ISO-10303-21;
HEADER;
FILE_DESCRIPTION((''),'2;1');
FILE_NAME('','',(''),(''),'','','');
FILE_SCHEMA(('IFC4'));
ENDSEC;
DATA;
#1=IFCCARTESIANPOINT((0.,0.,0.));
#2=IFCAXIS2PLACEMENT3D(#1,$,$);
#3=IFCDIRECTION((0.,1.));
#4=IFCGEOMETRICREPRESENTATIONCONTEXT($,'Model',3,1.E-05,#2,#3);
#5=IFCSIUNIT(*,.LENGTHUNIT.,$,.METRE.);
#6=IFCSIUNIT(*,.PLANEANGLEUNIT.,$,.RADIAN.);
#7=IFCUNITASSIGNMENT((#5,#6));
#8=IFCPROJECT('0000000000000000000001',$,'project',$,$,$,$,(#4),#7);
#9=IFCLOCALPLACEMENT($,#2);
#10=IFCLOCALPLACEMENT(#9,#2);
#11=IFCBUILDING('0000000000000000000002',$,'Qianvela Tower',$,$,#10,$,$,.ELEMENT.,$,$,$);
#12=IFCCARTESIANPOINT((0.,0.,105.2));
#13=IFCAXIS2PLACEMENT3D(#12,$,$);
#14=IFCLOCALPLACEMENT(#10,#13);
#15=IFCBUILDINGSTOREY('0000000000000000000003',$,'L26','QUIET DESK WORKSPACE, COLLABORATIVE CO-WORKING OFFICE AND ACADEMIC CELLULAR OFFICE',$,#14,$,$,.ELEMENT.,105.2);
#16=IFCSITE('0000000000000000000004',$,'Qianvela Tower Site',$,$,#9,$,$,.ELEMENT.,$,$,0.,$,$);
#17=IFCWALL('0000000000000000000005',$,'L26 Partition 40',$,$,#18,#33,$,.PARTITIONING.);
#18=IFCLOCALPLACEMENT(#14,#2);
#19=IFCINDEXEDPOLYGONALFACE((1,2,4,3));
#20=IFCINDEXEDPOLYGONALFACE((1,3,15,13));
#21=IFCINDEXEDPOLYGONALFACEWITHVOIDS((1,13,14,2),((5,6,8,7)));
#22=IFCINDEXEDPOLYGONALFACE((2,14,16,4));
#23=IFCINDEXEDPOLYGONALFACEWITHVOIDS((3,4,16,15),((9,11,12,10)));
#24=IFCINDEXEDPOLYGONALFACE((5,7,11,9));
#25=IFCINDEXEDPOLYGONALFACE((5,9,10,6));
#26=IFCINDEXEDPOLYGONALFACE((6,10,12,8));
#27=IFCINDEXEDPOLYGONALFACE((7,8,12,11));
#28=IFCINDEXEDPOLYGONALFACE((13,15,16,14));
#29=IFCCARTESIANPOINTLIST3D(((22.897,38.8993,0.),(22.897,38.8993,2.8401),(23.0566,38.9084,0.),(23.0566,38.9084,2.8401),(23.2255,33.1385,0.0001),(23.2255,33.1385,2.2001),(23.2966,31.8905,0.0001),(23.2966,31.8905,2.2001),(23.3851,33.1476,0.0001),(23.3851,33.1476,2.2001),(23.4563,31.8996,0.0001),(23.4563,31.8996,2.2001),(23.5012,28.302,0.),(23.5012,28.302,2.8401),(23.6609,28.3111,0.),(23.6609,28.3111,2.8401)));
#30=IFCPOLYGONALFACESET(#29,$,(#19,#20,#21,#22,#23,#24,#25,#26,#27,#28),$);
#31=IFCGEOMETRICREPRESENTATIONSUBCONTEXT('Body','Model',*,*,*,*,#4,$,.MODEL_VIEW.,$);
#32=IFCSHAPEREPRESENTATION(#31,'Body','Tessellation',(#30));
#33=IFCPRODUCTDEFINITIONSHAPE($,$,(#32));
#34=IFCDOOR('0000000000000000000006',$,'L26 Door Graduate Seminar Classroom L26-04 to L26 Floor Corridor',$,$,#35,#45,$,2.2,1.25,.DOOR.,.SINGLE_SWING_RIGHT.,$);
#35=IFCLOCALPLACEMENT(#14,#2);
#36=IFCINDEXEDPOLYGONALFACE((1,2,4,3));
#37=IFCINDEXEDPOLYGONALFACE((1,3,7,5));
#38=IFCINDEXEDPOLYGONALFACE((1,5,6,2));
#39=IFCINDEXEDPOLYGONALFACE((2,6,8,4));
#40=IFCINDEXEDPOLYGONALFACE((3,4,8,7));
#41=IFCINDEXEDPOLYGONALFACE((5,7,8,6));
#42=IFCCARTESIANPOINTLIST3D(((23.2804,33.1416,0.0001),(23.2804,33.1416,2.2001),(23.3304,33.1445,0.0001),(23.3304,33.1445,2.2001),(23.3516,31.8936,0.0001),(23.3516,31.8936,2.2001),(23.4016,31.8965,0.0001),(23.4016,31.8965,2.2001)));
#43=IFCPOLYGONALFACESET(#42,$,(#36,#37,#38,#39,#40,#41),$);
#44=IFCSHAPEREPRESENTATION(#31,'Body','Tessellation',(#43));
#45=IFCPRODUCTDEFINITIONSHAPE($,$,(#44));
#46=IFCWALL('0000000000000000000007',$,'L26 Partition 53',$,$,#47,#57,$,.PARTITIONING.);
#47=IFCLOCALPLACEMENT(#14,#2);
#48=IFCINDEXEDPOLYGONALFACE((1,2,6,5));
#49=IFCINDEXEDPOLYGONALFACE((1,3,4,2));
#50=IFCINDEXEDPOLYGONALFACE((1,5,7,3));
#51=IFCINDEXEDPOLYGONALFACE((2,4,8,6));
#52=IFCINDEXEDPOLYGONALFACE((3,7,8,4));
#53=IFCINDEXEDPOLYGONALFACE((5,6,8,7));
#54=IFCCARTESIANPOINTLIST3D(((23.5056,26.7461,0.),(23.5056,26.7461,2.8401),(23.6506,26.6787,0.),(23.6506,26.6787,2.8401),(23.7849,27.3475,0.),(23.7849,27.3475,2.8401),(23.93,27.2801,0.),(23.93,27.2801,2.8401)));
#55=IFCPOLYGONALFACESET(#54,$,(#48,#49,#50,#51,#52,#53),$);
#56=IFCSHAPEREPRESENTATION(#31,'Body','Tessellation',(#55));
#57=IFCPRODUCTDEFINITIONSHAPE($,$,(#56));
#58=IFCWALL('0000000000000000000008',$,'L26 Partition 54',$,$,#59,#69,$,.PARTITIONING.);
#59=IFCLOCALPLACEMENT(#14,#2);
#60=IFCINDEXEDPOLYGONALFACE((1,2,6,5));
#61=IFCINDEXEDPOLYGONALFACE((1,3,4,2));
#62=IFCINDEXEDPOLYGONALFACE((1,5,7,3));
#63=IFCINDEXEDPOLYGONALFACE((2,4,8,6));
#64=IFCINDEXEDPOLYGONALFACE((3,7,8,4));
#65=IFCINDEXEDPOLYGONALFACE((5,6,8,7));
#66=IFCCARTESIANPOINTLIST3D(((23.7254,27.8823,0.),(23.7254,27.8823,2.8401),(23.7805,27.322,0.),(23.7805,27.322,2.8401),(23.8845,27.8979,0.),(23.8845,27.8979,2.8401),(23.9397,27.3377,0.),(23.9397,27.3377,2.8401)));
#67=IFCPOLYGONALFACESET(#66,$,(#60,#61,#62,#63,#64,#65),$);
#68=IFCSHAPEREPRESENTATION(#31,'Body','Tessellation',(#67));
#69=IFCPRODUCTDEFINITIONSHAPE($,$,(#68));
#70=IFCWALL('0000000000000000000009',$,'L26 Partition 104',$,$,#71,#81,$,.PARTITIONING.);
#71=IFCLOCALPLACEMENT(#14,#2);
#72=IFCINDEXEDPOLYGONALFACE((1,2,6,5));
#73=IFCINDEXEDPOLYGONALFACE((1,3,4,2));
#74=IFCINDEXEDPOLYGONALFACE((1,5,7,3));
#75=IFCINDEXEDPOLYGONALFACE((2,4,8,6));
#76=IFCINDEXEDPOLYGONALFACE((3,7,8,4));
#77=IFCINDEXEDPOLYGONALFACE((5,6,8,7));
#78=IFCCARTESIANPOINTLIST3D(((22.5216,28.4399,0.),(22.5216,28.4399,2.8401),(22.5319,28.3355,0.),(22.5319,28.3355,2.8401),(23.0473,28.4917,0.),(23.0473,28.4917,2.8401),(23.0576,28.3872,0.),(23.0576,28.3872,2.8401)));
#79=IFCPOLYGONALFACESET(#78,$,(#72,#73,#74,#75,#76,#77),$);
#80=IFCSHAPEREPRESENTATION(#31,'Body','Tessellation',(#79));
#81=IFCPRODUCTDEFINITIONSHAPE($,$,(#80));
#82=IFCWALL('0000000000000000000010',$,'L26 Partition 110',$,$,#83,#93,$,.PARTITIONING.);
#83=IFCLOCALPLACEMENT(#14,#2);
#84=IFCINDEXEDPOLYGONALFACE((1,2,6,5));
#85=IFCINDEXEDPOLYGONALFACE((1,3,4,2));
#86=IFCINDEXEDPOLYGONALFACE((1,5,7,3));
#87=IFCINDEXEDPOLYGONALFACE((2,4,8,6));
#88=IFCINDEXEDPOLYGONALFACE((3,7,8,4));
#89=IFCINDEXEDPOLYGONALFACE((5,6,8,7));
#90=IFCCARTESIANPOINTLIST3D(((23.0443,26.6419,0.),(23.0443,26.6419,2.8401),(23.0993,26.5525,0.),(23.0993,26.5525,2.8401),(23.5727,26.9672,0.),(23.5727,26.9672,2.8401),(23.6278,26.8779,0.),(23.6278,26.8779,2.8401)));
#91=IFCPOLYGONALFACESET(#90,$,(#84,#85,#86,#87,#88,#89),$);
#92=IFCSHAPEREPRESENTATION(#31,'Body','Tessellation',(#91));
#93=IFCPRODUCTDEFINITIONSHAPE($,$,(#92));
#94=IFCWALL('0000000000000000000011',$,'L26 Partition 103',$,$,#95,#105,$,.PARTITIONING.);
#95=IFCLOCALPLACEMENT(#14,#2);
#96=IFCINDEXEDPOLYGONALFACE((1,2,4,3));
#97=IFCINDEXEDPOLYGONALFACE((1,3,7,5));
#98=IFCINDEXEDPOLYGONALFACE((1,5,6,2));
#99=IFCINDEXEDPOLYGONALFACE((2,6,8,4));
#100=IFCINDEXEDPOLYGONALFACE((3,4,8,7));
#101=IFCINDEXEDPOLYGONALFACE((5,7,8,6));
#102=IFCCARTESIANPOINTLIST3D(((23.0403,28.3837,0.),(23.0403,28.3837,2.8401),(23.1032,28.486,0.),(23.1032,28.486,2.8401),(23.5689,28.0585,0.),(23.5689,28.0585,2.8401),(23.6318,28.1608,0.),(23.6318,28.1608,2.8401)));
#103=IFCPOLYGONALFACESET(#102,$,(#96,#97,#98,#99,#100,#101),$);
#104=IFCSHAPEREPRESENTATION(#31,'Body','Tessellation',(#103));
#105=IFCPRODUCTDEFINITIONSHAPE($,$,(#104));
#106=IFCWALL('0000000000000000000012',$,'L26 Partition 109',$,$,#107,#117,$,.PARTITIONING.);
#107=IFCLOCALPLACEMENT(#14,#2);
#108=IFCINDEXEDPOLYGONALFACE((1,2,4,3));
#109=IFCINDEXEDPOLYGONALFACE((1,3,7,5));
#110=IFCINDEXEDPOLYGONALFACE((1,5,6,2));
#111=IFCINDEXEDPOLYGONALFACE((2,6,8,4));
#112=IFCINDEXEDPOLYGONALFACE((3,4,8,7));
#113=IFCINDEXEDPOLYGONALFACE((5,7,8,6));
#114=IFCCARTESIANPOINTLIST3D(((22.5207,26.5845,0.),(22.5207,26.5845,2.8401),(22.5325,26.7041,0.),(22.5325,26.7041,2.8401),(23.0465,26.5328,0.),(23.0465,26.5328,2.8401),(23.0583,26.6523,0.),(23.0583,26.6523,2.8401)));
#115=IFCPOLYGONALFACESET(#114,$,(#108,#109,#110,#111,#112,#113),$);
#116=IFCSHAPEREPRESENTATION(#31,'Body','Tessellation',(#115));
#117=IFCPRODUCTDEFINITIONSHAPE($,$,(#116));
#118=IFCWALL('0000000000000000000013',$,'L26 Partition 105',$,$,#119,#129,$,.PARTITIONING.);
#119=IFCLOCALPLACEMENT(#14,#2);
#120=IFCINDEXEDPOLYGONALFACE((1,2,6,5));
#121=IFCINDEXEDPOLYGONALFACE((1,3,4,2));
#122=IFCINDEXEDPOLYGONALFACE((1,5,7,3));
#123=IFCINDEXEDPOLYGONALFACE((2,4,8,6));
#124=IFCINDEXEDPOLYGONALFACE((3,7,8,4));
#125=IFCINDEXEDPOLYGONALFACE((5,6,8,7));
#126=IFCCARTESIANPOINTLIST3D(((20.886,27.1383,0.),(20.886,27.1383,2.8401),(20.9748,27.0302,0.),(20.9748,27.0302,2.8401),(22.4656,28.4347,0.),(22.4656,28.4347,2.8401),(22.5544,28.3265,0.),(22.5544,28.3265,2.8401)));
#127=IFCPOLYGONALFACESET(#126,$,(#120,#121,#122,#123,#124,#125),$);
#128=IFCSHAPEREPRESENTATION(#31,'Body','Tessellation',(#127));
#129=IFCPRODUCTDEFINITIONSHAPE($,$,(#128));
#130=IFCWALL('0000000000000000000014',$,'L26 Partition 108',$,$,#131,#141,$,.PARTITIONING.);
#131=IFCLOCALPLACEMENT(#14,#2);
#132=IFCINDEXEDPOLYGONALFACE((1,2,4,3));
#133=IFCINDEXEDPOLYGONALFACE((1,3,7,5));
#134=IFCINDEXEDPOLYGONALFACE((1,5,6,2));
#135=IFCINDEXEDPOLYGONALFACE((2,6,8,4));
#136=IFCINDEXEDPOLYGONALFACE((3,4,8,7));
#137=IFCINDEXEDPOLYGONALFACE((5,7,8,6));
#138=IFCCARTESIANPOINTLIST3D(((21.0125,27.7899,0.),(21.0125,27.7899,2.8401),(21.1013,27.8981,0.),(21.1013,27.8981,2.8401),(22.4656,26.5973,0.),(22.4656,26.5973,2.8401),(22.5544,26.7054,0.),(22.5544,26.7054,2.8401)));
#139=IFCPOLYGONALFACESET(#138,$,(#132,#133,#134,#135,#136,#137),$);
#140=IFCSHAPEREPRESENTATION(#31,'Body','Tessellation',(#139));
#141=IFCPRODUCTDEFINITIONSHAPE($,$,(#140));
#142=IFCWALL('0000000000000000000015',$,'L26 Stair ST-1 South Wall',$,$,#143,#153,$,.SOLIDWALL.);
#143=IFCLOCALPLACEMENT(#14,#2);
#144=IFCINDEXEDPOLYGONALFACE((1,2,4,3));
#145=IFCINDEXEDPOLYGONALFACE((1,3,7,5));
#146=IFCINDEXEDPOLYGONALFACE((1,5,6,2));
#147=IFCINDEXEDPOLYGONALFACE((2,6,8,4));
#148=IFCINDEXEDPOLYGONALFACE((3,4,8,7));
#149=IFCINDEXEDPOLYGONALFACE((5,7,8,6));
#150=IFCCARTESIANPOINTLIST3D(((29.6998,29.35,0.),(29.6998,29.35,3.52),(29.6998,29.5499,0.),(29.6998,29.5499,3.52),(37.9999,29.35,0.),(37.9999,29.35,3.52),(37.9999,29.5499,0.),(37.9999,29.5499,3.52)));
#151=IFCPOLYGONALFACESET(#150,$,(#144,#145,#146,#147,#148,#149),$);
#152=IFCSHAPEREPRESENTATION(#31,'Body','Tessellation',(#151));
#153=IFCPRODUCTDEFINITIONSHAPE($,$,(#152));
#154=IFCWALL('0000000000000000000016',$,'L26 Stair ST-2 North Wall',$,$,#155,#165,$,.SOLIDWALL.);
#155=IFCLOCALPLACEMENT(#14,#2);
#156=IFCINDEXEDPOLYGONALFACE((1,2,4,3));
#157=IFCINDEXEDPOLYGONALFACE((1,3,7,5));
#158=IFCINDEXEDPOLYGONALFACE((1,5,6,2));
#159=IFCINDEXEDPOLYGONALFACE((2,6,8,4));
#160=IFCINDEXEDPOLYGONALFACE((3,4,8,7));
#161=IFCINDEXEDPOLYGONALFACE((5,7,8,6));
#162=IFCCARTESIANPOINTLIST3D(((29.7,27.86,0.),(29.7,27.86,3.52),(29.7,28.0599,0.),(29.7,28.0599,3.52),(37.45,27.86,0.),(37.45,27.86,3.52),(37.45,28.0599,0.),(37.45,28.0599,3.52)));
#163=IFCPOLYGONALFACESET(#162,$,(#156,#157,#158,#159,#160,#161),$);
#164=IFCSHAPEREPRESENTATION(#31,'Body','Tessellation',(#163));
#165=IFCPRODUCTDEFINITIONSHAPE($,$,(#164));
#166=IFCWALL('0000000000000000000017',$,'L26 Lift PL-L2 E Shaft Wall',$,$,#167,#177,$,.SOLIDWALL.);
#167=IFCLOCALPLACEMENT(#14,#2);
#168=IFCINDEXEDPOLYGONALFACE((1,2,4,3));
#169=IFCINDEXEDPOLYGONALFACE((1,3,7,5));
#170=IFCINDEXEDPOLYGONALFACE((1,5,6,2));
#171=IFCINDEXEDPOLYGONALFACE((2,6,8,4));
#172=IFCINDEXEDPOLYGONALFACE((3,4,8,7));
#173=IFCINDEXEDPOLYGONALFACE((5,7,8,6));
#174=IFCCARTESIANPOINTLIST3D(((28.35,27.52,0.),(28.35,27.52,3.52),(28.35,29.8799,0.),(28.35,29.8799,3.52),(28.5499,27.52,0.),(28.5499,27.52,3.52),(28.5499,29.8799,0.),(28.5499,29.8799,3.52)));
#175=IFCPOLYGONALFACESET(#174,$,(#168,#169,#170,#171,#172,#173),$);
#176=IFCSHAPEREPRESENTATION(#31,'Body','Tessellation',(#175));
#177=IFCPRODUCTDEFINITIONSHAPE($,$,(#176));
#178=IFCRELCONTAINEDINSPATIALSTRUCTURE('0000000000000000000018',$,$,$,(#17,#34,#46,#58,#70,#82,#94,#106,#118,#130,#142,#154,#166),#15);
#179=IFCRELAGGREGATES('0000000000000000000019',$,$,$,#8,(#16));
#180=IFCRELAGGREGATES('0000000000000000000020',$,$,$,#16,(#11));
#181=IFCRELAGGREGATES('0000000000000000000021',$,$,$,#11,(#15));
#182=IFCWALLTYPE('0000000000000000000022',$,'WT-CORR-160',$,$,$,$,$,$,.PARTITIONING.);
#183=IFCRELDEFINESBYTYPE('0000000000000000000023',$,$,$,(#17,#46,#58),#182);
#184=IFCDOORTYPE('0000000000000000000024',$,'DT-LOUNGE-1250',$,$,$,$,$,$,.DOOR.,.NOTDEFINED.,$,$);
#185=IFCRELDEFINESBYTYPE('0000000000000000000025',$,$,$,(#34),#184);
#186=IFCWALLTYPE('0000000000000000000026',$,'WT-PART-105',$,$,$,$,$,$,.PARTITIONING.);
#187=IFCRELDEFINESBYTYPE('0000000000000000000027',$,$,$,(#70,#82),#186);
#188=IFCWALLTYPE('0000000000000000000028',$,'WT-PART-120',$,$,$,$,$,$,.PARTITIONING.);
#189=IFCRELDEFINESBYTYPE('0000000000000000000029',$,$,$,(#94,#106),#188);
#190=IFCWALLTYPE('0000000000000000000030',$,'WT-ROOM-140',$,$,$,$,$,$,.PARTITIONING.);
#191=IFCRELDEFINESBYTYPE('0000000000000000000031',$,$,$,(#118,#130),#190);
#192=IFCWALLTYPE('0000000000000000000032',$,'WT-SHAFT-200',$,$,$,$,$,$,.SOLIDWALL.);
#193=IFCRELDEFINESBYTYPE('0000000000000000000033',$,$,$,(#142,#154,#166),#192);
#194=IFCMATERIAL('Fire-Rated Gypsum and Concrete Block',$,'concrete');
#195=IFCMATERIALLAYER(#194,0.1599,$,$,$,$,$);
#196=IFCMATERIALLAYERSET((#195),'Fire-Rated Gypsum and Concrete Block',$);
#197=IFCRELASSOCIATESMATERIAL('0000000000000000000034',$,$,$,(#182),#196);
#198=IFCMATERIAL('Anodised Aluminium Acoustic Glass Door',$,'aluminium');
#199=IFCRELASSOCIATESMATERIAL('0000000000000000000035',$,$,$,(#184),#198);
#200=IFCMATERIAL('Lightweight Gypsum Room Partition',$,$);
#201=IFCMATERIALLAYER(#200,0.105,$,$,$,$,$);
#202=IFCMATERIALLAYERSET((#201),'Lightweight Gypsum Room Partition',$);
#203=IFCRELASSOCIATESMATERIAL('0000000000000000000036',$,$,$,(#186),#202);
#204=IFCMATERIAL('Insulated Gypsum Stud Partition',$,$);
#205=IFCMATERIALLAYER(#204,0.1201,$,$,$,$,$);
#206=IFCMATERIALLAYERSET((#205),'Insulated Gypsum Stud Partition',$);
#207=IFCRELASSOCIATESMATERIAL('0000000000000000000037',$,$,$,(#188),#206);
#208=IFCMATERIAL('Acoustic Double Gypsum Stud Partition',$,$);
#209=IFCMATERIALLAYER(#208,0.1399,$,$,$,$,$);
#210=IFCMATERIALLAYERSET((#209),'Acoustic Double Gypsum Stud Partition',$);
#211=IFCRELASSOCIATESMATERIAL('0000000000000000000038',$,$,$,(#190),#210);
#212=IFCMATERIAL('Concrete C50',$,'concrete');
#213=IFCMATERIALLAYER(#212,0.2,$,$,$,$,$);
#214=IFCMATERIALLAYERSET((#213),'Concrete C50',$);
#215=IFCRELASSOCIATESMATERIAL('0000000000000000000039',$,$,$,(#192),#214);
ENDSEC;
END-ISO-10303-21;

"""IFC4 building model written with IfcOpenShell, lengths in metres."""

from ifc_helpers import new_model, si_unit, direction, frame, frame_2d, origin, place, context, subcontext, project, spatial, rectangle, extrude, material, layer, layer_set, type_object, element, fill, save


model = new_model("IFC4")

# Units and contexts
model_context = context("Model", 3, precision=1e-05, world=origin(), true_north=direction((0.0, 1.0)))
body_context = subcontext(model_context, "Body", "Model", "MODEL_VIEW")
ifc_project = project(units=[si_unit("LENGTHUNIT", "METRE"), si_unit("PLANEANGLEUNIT", "RADIAN")], contexts=[model_context])

# Site, building, storey
site_placement = place(None, origin())
site = spatial("IfcSite", under=ifc_project, at=site_placement, Name="Qianvela Tower Site", CompositionType="ELEMENT", RefElevation=0.0)
building_placement = place(site_placement, origin())
building = spatial("IfcBuilding", under=site, at=building_placement, Name="Qianvela Tower", CompositionType="ELEMENT")
storey_placement = place(building_placement, frame((0.0, 0.0, 105.2)))
storey = spatial("IfcBuildingStorey", under=building, at=storey_placement, Name="L26", Description="QUIET DESK WORKSPACE, COLLABORATIVE CO-WORKING OFFICE AND ACADEMIC CELLULAR OFFICE", CompositionType="ELEMENT", Elevation=105.2)

# Wall, opening, door
ifc_material_1 = material(Name="Fire-Rated Gypsum and Concrete Block", Category="concrete")
ifc_layer_1 = layer(ifc_material_1, 0.1599)
ifc_layer_set_1 = layer_set([ifc_layer_1], Name="Fire-Rated Gypsum and Concrete Block")
wall_type_1 = type_object("IfcWallType", Name="WT-CORR-160", PredefinedType="PARTITIONING", material=ifc_layer_set_1)
wall_1_placement = place(storey_placement, frame((23.5811, 28.3066, 0.0), z_axis=(0.0, 0.0, 1.0), x_axis=(-0.056927, 0.998378, 0.0)))
wall_1 = element("IfcWall", 1, at=wall_1_placement, inside=storey, type_object=wall_type_1, Name="L26 Partition 40", PredefinedType="PARTITIONING", context=body_context, shape_type="SweptSolid", body=[
    extrude(rectangle(XDim=10.6145, YDim=0.1599, at=frame_2d((5.3071, 0.0))), origin(), (0.0, 0.0, 1.0), 2.8401),
])
opening_1_placement = place(wall_1_placement, frame((3.5942, 0.0, 0.0)))
opening_1 = element("IfcOpeningElement", 2, at=opening_1_placement, cuts=wall_1, PredefinedType="OPENING", context=body_context, shape_type="SweptSolid", body=[
    extrude(rectangle(XDim=1.25, YDim=2.2, at=frame_2d((0.625, 1.1001))), frame((0.0, 0.0898, 0.0), z_axis=(0.0, -1.0, 0.0), x_axis=(1.0, 0.0, 0.0)), (0.0, 0.0, 1.0), 0.1799),
])
ifc_material_2 = material(Name="Anodised Aluminium Acoustic Glass Door", Category="aluminium")
door_type_1 = type_object("IfcDoorType", Name="DT-LOUNGE-1250", OperationType="NOTDEFINED", PredefinedType="DOOR", material=ifc_material_2)
door_1_placement = place(opening_1_placement, origin())
door_1 = element("IfcDoor", 3, at=door_1_placement, inside=storey, type_object=door_type_1, Name="L26 Door Graduate Seminar Classroom L26-04 to L26 Floor Corridor", OperationType="SINGLE_SWING_RIGHT", OverallHeight=2.2, OverallWidth=1.25, PredefinedType="DOOR", context=body_context, shape_type="SweptSolid", body=[
    extrude(rectangle(XDim=1.25, YDim=2.2, at=frame_2d((0.625, 1.1001))), frame((0.0, 0.0249, 0.0), z_axis=(0.0, -1.0, 0.0), x_axis=(1.0, 0.0, 0.0)), (0.0, 0.0, 1.0), 0.05),
])
fill(opening_1, door_1)

# Walls
wall_2_placement = place(storey_placement, frame((23.5781, 26.7124, 0.0), z_axis=(0.0, 0.0, 1.0), x_axis=(0.421252, 0.906944, 0.0)))
element("IfcWall", 4, at=wall_2_placement, inside=storey, type_object=wall_type_1, Name="L26 Partition 53", PredefinedType="PARTITIONING", context=body_context, shape_type="SweptSolid", body=[
    extrude(rectangle(XDim=0.6631, YDim=0.1599, at=frame_2d((0.3315, 0.0))), origin(), (0.0, 0.0, 1.0), 2.8401),
])
wall_3_placement = place(storey_placement, frame((23.8601, 27.3298, 0.0), z_axis=(0.0, 0.0, 1.0), x_axis=(-0.098001, 0.995186, 0.0)))
element("IfcWall", 5, at=wall_3_placement, inside=storey, type_object=wall_type_1, Name="L26 Partition 54", PredefinedType="PARTITIONING", context=body_context, shape_type="SweptSolid", body=[
    extrude(rectangle(XDim=0.563, YDim=0.1599, at=frame_2d((0.2815, 0.0))), origin(), (0.0, 0.0, 1.0), 2.8401),
])
ifc_material_3 = material(Name="Lightweight Gypsum Room Partition")
ifc_layer_2 = layer(ifc_material_3, 0.105)
ifc_layer_set_2 = layer_set([ifc_layer_2], Name="Lightweight Gypsum Room Partition")
wall_type_2 = type_object("IfcWallType", Name="WT-PART-105", PredefinedType="PARTITIONING", material=ifc_layer_set_2)
wall_4_placement = place(storey_placement, frame((23.0525, 28.4395, 0.0), z_axis=(0.0, 0.0, 1.0), x_axis=(-0.995192, -0.097948, 0.0)))
element("IfcWall", 6, at=wall_4_placement, inside=storey, type_object=wall_type_2, Name="L26 Partition 104", PredefinedType="PARTITIONING", context=body_context, shape_type="SweptSolid", body=[
    extrude(rectangle(XDim=0.5283, YDim=0.105, at=frame_2d((0.2642, 0.0))), origin(), (0.0, 0.0, 1.0), 2.8401),
])
wall_5_placement = place(storey_placement, frame((23.0718, 26.5972, 0.0), z_axis=(0.0, 0.0, 1.0), x_axis=(0.851537, 0.524295, 0.0)))
element("IfcWall", 7, at=wall_5_placement, inside=storey, type_object=wall_type_2, Name="L26 Partition 110", PredefinedType="PARTITIONING", context=body_context, shape_type="SweptSolid", body=[
    extrude(rectangle(XDim=0.6206, YDim=0.105, at=frame_2d((0.3103, 0.0))), origin(), (0.0, 0.0, 1.0), 2.8401),
])
ifc_material_4 = material(Name="Insulated Gypsum Stud Partition")
ifc_layer_3 = layer(ifc_material_4, 0.1201)
ifc_layer_set_3 = layer_set([ifc_layer_3], Name="Insulated Gypsum Stud Partition")
wall_type_3 = type_object("IfcWallType", Name="WT-PART-120", PredefinedType="PARTITIONING", material=ifc_layer_set_3)
wall_6_placement = place(storey_placement, frame((23.6003, 28.1096, 0.0), z_axis=(0.0, 0.0, 1.0), x_axis=(-0.851712, 0.52401, 0.0)))
element("IfcWall", 8, at=wall_6_placement, inside=storey, type_object=wall_type_3, Name="L26 Partition 103", PredefinedType="PARTITIONING", context=body_context, shape_type="SweptSolid", body=[
    extrude(rectangle(XDim=0.6206, YDim=0.1201, at=frame_2d((0.3103, 0.0))), origin(), (0.0, 0.0, 1.0), 2.8401),
])
wall_7_placement = place(storey_placement, frame((22.5266, 26.6443, 0.0), z_axis=(0.0, 0.0, 1.0), x_axis=(0.995192, -0.097948, 0.0)))
element("IfcWall", 9, at=wall_7_placement, inside=storey, type_object=wall_type_3, Name="L26 Partition 109", PredefinedType="PARTITIONING", context=body_context, shape_type="SweptSolid", body=[
    extrude(rectangle(XDim=0.5283, YDim=0.1201, at=frame_2d((0.2642, 0.0))), origin(), (0.0, 0.0, 1.0), 2.8401),
])
ifc_material_5 = material(Name="Acoustic Double Gypsum Stud Partition")
ifc_layer_4 = layer(ifc_material_5, 0.1399)
ifc_layer_set_4 = layer_set([ifc_layer_4], Name="Acoustic Double Gypsum Stud Partition")
wall_type_4 = type_object("IfcWallType", Name="WT-ROOM-140", PredefinedType="PARTITIONING", material=ifc_layer_set_4)
wall_8_placement = place(storey_placement, frame((22.51, 28.3806, 0.0), z_axis=(0.0, 0.0, 1.0), x_axis=(-0.772998, -0.634408, 0.0)))
element("IfcWall", 10, at=wall_8_placement, inside=storey, type_object=wall_type_4, Name="L26 Partition 105", PredefinedType="PARTITIONING", context=body_context, shape_type="SweptSolid", body=[
    extrude(rectangle(XDim=2.0435, YDim=0.1399, at=frame_2d((1.0217, 0.0))), origin(), (0.0, 0.0, 1.0), 2.8401),
])
wall_9_placement = place(storey_placement, frame((21.0569, 27.844, 0.0), z_axis=(0.0, 0.0, 1.0), x_axis=(0.77299, -0.634418, 0.0)))
element("IfcWall", 11, at=wall_9_placement, inside=storey, type_object=wall_type_4, Name="L26 Partition 108", PredefinedType="PARTITIONING", context=body_context, shape_type="SweptSolid", body=[
    extrude(rectangle(XDim=1.8799, YDim=0.1399, at=frame_2d((0.9399, 0.0))), origin(), (0.0, 0.0, 1.0), 2.8401),
])
ifc_material_6 = material(Name="Concrete C50", Category="concrete")
ifc_layer_5 = layer(ifc_material_6, 0.2)
ifc_layer_set_5 = layer_set([ifc_layer_5], Name="Concrete C50")
wall_type_5 = type_object("IfcWallType", Name="WT-SHAFT-200", PredefinedType="SOLIDWALL", material=ifc_layer_set_5)
wall_10_placement = place(storey_placement, frame((29.7, 29.45, 0.0), z_axis=(0.0, 0.0, 1.0), x_axis=(1.0, 0.0, 0.0)))
element("IfcWall", 12, at=wall_10_placement, inside=storey, type_object=wall_type_5, Name="L26 Stair ST-1 South Wall", PredefinedType="SOLIDWALL", context=body_context, shape_type="SweptSolid", body=[
    extrude(rectangle(XDim=8.3, YDim=0.2, at=frame_2d((4.1499, 0.0))), origin(), (0.0, 0.0, 1.0), 3.52),
])
wall_11_placement = place(storey_placement, frame((29.7, 27.96, 0.0), z_axis=(0.0, 0.0, 1.0), x_axis=(1.0, 0.0, 0.0)))
element("IfcWall", 13, at=wall_11_placement, inside=storey, type_object=wall_type_5, Name="L26 Stair ST-2 North Wall", PredefinedType="SOLIDWALL", context=body_context, shape_type="SweptSolid", body=[
    extrude(rectangle(XDim=7.75, YDim=0.2, at=frame_2d((3.875, 0.0))), origin(), (0.0, 0.0, 1.0), 3.52),
])
wall_12_placement = place(storey_placement, frame((28.45, 27.52, 0.0), z_axis=(0.0, 0.0, 1.0), x_axis=(0.0, 1.0, 0.0)))
element("IfcWall", 14, at=wall_12_placement, inside=storey, type_object=wall_type_5, Name="L26 Lift PL-L2 E Shaft Wall", PredefinedType="SOLIDWALL", context=body_context, shape_type="SweptSolid", body=[
    extrude(rectangle(XDim=2.3599, YDim=0.2, at=frame_2d((1.1799, 0.0))), origin(), (0.0, 0.0, 1.0), 3.52),
])

save(model, "model.ifc")
